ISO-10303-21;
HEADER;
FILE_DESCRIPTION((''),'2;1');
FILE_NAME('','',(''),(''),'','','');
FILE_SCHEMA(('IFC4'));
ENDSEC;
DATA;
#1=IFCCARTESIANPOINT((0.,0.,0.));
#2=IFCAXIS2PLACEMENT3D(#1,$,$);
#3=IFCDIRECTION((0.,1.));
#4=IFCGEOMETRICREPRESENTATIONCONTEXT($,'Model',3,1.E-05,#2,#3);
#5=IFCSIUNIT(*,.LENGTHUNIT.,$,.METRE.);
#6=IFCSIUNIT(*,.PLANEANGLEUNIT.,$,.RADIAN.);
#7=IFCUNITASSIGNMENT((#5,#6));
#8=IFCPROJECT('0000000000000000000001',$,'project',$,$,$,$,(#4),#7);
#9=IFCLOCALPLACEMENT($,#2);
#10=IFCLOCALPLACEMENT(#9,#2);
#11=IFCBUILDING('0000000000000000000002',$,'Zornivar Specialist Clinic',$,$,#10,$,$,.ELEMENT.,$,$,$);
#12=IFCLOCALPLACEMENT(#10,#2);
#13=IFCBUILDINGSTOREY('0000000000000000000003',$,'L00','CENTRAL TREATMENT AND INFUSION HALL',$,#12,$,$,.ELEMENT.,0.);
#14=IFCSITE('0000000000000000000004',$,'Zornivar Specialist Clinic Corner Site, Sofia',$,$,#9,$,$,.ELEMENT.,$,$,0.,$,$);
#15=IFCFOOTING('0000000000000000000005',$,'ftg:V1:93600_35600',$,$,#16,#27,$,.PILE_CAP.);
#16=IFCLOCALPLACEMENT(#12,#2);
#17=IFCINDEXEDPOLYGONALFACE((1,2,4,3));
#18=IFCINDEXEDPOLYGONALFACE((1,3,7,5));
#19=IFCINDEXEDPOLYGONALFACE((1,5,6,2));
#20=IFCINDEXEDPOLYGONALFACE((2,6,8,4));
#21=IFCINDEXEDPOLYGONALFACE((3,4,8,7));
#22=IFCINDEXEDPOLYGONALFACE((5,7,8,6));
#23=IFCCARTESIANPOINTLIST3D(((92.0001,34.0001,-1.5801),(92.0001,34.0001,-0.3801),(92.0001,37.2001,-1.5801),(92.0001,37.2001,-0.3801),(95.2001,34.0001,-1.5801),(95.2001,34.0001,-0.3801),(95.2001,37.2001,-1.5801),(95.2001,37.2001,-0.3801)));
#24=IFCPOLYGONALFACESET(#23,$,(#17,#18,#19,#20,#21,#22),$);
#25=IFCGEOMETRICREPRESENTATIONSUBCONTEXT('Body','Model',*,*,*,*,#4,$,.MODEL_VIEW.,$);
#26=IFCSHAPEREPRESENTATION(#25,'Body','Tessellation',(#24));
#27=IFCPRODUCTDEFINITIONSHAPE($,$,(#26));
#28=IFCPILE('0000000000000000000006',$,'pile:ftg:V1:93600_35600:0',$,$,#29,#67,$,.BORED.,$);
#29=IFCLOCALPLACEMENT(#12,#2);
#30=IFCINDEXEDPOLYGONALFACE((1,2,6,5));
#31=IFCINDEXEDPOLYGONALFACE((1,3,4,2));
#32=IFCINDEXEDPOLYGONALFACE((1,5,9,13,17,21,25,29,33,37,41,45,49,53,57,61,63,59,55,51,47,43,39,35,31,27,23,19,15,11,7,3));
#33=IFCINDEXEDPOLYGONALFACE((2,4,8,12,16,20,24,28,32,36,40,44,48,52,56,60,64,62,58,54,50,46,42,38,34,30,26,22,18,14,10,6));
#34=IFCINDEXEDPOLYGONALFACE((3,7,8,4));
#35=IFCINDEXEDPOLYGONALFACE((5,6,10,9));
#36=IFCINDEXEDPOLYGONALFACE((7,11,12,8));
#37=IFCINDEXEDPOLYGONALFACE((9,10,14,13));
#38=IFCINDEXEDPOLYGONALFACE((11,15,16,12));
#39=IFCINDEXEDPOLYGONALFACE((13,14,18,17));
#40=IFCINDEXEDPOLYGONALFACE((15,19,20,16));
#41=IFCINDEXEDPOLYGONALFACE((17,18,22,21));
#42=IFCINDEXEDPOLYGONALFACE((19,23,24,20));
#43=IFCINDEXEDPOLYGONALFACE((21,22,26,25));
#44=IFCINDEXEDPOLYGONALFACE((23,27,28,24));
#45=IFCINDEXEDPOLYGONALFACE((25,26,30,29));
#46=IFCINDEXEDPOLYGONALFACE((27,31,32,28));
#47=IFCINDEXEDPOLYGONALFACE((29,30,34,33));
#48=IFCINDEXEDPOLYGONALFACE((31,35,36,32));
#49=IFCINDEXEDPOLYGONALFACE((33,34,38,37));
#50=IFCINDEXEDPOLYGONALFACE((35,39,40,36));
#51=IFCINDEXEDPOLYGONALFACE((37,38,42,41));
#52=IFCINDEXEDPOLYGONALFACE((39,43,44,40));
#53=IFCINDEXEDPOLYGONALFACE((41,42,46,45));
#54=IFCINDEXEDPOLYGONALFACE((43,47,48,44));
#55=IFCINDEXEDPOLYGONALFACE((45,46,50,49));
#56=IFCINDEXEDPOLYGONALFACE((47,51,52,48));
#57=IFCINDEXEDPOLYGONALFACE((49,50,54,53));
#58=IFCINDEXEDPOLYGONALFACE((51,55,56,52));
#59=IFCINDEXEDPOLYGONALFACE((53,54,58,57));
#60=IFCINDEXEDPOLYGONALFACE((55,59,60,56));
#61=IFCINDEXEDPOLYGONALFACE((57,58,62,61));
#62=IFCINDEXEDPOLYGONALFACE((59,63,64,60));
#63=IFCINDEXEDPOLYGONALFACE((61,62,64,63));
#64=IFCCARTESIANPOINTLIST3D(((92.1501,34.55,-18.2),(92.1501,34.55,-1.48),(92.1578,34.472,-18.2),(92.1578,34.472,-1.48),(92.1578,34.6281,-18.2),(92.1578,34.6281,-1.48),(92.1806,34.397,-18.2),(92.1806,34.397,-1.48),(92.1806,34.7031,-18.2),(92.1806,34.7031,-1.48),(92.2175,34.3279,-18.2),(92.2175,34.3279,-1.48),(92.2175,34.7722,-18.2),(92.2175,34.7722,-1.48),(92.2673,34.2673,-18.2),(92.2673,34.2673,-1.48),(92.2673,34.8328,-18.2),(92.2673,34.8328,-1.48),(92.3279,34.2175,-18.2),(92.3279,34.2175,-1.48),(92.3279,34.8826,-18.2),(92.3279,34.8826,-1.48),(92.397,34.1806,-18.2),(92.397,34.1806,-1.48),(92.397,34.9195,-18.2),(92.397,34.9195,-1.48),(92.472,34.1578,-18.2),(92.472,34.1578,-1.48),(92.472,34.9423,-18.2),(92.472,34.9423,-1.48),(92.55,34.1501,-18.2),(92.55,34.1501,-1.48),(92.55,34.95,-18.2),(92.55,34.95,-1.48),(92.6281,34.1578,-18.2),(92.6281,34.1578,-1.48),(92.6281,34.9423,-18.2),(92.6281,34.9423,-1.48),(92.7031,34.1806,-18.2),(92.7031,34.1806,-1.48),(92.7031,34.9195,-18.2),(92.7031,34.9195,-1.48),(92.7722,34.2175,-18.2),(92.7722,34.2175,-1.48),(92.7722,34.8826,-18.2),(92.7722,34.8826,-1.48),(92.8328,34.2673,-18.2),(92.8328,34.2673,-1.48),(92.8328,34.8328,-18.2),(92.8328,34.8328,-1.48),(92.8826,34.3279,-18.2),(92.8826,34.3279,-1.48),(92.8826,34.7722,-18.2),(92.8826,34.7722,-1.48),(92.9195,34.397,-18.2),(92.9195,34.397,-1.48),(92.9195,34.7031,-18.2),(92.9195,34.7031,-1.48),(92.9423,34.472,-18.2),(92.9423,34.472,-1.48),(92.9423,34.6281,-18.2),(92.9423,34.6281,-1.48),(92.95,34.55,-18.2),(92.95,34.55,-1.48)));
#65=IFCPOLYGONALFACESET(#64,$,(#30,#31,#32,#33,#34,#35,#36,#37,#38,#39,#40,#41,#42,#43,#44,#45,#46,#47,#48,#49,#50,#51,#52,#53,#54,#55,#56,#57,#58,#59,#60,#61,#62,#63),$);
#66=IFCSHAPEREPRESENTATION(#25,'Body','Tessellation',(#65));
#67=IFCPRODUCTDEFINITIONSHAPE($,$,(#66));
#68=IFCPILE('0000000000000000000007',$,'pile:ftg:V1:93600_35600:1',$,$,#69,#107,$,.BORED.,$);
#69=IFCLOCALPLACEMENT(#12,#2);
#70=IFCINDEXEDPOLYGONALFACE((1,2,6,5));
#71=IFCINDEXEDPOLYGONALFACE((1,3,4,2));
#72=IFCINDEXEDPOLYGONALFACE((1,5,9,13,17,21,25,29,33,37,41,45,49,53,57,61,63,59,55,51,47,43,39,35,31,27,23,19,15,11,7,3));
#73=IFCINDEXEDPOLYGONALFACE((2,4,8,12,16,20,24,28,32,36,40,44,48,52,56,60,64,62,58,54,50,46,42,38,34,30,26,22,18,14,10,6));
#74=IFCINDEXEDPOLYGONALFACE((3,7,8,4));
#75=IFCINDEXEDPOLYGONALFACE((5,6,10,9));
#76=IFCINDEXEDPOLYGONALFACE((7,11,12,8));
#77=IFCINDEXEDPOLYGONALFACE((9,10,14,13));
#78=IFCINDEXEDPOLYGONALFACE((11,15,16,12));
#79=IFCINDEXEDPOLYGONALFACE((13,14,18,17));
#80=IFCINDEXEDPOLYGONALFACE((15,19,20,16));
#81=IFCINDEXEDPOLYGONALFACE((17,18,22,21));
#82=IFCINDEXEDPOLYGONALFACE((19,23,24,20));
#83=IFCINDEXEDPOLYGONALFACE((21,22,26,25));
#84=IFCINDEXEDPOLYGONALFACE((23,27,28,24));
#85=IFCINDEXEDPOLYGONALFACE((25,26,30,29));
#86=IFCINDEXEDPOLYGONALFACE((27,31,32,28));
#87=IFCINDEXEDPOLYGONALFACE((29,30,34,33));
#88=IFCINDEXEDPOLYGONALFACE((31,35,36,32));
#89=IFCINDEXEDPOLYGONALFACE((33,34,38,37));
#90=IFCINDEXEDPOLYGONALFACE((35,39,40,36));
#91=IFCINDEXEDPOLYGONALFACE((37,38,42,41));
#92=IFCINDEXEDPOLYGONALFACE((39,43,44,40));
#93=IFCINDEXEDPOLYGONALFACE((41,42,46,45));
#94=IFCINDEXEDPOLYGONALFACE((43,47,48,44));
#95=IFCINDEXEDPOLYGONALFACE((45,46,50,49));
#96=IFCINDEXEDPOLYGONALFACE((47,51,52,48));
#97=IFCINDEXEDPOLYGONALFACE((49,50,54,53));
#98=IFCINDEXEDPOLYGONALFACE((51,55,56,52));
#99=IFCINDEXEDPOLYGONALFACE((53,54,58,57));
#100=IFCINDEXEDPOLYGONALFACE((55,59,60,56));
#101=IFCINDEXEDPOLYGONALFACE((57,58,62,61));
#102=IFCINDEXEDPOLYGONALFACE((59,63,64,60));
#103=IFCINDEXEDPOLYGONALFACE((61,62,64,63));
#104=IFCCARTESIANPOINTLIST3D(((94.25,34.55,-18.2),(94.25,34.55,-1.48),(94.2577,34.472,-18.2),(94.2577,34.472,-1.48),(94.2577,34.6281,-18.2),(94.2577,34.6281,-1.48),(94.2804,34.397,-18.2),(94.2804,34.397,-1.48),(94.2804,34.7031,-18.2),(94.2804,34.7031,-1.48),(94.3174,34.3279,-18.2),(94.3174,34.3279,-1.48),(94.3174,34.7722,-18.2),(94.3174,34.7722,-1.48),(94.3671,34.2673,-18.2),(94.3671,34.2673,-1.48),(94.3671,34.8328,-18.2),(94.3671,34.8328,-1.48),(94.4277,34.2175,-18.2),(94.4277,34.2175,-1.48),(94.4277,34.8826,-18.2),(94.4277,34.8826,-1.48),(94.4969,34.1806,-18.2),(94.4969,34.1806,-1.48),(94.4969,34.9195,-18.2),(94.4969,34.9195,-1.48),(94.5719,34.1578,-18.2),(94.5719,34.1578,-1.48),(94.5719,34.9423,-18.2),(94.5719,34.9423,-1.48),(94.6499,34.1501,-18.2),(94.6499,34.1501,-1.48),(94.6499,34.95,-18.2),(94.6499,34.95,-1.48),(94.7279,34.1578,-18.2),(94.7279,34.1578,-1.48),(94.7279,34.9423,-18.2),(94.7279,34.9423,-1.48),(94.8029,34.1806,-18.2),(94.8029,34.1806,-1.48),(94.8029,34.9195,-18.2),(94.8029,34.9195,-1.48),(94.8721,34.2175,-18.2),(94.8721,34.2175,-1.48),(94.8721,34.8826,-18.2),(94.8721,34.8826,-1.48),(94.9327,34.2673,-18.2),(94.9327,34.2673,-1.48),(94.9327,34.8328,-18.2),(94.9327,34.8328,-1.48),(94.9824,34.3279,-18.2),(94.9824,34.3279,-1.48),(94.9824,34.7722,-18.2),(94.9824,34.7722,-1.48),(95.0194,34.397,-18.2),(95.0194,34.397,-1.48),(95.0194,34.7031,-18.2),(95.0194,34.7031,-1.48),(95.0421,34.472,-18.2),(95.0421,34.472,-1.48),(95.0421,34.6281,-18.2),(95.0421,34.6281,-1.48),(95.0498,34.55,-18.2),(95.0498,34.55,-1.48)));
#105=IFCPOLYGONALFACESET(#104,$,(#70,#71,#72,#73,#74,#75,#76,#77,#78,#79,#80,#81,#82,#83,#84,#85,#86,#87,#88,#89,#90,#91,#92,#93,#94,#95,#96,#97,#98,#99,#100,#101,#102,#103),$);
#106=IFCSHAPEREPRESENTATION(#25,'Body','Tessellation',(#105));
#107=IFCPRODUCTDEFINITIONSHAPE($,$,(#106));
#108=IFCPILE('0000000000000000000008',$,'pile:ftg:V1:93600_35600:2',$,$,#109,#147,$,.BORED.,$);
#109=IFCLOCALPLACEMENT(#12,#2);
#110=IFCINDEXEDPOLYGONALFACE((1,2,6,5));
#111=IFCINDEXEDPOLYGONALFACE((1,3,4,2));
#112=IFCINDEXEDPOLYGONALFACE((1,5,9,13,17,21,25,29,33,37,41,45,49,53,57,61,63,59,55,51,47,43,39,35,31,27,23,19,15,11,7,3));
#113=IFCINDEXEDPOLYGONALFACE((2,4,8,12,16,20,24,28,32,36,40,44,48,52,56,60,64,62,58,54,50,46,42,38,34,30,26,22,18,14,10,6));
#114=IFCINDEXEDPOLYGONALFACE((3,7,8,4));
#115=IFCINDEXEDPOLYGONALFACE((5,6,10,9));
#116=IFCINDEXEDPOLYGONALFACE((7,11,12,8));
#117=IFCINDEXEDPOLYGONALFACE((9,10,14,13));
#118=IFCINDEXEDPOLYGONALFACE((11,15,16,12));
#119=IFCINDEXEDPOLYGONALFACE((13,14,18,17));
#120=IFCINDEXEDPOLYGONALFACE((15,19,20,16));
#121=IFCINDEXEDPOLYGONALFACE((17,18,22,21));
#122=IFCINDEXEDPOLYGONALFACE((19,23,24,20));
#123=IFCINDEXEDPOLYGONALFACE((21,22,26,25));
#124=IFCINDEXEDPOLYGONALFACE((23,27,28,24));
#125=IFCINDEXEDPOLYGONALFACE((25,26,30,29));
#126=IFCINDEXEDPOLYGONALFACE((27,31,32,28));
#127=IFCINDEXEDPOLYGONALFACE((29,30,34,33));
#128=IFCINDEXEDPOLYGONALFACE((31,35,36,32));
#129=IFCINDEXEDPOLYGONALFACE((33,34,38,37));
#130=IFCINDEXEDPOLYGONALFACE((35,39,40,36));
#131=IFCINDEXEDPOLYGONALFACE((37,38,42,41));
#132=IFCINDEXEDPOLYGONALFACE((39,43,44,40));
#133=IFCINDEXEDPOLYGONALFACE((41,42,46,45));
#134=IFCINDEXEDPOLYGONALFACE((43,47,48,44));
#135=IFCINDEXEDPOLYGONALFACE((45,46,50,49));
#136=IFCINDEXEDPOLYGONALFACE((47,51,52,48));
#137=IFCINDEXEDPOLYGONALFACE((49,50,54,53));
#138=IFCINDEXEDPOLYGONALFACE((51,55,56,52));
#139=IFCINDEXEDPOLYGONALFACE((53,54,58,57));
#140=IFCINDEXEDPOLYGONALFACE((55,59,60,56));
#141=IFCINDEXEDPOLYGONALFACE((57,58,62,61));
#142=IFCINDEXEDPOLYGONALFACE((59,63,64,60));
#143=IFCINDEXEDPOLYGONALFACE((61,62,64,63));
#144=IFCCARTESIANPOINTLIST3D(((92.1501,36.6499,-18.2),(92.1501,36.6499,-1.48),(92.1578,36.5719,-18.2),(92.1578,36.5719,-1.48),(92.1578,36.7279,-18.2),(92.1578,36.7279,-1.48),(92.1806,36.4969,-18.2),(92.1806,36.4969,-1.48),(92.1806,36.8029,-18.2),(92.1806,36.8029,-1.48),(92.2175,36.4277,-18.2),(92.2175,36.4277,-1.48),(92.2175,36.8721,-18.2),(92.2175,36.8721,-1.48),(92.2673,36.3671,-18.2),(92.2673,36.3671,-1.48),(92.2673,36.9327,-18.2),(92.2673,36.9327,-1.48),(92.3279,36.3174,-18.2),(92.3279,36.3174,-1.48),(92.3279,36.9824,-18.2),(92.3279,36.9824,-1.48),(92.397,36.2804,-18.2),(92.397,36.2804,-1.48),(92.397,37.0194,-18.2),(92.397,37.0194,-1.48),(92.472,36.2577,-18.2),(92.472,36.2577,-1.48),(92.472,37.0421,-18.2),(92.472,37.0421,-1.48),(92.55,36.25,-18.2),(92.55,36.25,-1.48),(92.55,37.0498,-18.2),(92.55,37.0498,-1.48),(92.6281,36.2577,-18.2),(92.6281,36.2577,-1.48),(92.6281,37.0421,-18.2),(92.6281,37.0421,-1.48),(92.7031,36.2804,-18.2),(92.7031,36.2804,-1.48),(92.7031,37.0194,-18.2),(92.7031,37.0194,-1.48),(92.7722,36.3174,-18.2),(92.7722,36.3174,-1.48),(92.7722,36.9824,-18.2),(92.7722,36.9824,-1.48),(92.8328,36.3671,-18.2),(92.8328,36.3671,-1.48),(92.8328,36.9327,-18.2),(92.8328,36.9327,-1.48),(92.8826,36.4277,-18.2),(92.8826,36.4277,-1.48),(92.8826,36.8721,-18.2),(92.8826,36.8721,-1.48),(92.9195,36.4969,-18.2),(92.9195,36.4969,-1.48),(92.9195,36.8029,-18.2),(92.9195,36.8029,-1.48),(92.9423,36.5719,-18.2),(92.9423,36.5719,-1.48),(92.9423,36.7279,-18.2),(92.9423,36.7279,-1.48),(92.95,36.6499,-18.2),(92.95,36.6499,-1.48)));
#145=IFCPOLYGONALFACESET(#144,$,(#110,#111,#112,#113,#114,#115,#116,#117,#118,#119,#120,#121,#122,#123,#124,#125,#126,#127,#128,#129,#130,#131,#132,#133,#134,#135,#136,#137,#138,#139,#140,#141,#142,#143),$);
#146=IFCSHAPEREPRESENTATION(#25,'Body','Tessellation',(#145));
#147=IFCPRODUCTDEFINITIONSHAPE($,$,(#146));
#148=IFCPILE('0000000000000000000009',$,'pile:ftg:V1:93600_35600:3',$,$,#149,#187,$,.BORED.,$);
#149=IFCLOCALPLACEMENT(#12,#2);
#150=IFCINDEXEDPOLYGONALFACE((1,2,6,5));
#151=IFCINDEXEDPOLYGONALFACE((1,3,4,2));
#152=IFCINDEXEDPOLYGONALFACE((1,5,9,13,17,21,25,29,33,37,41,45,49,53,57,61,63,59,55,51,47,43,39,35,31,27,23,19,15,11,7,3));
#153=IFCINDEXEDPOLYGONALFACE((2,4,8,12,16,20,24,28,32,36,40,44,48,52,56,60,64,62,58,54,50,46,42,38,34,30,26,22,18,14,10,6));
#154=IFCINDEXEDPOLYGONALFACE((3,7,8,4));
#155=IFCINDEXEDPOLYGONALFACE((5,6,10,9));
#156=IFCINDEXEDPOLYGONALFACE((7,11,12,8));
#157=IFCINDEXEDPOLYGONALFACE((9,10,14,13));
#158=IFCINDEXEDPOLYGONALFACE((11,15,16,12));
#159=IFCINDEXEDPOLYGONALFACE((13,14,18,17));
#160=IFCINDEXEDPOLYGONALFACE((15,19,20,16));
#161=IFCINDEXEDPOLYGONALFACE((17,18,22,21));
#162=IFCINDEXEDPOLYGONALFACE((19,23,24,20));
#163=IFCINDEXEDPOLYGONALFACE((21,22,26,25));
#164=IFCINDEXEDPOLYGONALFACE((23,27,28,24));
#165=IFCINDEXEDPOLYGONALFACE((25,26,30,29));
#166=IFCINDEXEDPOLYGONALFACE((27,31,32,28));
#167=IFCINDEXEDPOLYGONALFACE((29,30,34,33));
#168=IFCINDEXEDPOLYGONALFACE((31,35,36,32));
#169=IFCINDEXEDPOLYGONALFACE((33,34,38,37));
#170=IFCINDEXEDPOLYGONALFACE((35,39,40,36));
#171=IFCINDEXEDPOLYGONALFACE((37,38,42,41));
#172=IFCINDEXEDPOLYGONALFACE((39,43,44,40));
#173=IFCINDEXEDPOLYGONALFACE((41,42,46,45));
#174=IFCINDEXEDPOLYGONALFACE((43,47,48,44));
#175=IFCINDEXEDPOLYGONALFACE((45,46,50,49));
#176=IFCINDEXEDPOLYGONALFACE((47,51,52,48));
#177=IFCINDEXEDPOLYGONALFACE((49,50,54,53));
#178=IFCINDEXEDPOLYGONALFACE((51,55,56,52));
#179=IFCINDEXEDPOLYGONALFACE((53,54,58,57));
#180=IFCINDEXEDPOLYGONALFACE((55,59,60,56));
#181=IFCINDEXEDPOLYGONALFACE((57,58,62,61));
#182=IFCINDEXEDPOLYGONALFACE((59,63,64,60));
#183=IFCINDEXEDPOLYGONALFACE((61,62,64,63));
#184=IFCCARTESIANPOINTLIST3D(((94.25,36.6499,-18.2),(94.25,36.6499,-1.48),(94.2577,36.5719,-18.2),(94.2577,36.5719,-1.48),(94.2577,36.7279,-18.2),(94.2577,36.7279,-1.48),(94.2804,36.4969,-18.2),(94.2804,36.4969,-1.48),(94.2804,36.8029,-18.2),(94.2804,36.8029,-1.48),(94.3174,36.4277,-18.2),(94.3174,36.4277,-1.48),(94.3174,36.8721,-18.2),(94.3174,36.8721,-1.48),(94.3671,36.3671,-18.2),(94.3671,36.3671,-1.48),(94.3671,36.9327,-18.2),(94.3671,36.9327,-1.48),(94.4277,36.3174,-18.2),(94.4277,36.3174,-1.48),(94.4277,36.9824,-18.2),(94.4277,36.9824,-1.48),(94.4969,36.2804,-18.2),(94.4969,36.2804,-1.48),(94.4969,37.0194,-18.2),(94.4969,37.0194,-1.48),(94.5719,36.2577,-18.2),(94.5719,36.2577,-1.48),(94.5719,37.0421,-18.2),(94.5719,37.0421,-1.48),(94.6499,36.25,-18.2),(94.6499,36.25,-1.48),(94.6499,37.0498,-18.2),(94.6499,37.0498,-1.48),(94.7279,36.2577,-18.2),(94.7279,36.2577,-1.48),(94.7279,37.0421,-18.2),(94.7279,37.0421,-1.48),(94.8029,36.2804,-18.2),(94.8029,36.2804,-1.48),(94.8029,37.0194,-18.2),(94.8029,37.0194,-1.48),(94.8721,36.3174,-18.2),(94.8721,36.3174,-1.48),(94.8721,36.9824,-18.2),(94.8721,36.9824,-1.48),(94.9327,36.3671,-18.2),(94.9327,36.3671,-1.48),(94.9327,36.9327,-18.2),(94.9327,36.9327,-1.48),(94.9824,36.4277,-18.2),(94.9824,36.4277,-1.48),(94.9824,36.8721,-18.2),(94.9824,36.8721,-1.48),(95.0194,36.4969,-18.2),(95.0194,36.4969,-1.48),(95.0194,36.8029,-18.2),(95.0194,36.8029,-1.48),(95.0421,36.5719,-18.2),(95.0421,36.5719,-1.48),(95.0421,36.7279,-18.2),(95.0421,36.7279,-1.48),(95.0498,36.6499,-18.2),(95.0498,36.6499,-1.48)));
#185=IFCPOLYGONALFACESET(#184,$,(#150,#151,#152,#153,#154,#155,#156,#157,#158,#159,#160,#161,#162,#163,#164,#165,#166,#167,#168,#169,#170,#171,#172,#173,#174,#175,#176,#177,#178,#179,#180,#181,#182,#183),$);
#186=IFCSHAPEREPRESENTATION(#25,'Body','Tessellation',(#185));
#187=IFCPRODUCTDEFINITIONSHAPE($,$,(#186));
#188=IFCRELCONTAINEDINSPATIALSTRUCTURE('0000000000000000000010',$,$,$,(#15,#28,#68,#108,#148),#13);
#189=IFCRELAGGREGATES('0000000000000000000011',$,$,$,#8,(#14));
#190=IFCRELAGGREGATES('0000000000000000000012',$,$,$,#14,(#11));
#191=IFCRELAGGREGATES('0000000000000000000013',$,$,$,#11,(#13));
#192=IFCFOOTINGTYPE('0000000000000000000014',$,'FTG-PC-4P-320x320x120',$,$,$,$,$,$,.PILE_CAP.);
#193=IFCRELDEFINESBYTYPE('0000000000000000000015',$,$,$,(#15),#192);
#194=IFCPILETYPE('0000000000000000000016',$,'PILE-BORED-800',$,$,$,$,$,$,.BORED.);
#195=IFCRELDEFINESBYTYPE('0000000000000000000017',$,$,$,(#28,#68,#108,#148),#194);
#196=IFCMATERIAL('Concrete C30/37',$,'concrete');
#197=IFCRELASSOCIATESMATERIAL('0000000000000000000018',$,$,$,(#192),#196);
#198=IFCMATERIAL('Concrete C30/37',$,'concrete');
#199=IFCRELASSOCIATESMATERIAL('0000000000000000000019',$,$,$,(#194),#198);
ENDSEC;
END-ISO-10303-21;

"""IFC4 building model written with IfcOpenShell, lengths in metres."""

from ifc_helpers import new_model, si_unit, direction, frame, origin, origin_2d, place, context, subcontext, project, spatial, rectangle, circle, extrude, material, material_profile, profile_set, type_object, element, save


model = new_model("IFC4")

# Units and contexts
model_context = context("Model", 3, precision=1e-05, world=origin(), true_north=direction((0.0, 1.0)))
body_context = subcontext(model_context, "Body", "Model", "MODEL_VIEW")
ifc_project = project(units=[si_unit("LENGTHUNIT", "METRE"), si_unit("PLANEANGLEUNIT", "RADIAN")], contexts=[model_context])

# Site, building, storey
site_placement = place(None, origin())
site = spatial("IfcSite", under=ifc_project, at=site_placement, Name="Zornivar Specialist Clinic Corner Site, Sofia", CompositionType="ELEMENT", RefElevation=0.0)
building_placement = place(site_placement, origin())
building = spatial("IfcBuilding", under=site, at=building_placement, Name="Zornivar Specialist Clinic", CompositionType="ELEMENT")
storey_placement = place(building_placement, origin())
storey = spatial("IfcBuildingStorey", under=building, at=storey_placement, Name="L00", Description="CENTRAL TREATMENT AND INFUSION HALL", CompositionType="ELEMENT", Elevation=0.0)

# Footing
ifc_material_1 = material(Name="Concrete C30/37", Category="concrete")
footing_type = type_object("IfcFootingType", Name="FTG-PC-4P-320x320x120", PredefinedType="PILE_CAP", material=ifc_material_1)
footing_placement = place(storey_placement, frame((93.6001, 35.6001, -1.5801), z_axis=(0.0, 0.0, 1.0), x_axis=(1.0, 0.0, 0.0)))
element("IfcFooting", 1, at=footing_placement, inside=storey, type_object=footing_type, Name="ftg:V1:93600_35600", PredefinedType="PILE_CAP", context=body_context, shape_type="SweptSolid", body=[
    extrude(rectangle(XDim=3.2, YDim=3.2, at=origin_2d()), origin(), (0.0, 0.0, 1.0), 1.2),
])

# Piles
ifc_material_2 = material(Name="Concrete C30/37", Category="concrete")
ifc_material_profile_1 = material_profile(ifc_material_2, circle(Radius=0.3999, at=origin_2d()), Name="PILE D800")
ifc_profile_set_1 = profile_set([ifc_material_profile_1], Name="Concrete C30/37")
pile_type = type_object("IfcPileType", Name="PILE-BORED-800", PredefinedType="BORED", material=ifc_profile_set_1)
for number, where, z_axis, x_axis, name in (
    (2, (92.55, 34.55, -1.48), (0.0, 0.0, -1.0), (1.0, 0.0, 0.0), "pile:ftg:V1:93600_35600:0"),
    (3, (94.6499, 34.55, -1.48), (0.0, 0.0, -1.0), (1.0, 0.0, 0.0), "pile:ftg:V1:93600_35600:1"),
    (4, (92.55, 36.6499, -1.48), (0.0, 0.0, -1.0), (1.0, 0.0, 0.0), "pile:ftg:V1:93600_35600:2"),
    (5, (94.6499, 36.6499, -1.48), (0.0, 0.0, -1.0), (1.0, 0.0, 0.0), "pile:ftg:V1:93600_35600:3"),
):
    element("IfcPile", number, at=place(storey_placement, frame(where, z_axis=z_axis, x_axis=x_axis)), inside=storey, type_object=pile_type, Name=name, PredefinedType="BORED", context=body_context, shape_type="SweptSolid", body=[
        extrude(circle(Radius=0.3999, at=origin_2d()), origin(), (0.0, 0.0, 1.0), 16.72),
    ])

save(model, "model.ifc")
